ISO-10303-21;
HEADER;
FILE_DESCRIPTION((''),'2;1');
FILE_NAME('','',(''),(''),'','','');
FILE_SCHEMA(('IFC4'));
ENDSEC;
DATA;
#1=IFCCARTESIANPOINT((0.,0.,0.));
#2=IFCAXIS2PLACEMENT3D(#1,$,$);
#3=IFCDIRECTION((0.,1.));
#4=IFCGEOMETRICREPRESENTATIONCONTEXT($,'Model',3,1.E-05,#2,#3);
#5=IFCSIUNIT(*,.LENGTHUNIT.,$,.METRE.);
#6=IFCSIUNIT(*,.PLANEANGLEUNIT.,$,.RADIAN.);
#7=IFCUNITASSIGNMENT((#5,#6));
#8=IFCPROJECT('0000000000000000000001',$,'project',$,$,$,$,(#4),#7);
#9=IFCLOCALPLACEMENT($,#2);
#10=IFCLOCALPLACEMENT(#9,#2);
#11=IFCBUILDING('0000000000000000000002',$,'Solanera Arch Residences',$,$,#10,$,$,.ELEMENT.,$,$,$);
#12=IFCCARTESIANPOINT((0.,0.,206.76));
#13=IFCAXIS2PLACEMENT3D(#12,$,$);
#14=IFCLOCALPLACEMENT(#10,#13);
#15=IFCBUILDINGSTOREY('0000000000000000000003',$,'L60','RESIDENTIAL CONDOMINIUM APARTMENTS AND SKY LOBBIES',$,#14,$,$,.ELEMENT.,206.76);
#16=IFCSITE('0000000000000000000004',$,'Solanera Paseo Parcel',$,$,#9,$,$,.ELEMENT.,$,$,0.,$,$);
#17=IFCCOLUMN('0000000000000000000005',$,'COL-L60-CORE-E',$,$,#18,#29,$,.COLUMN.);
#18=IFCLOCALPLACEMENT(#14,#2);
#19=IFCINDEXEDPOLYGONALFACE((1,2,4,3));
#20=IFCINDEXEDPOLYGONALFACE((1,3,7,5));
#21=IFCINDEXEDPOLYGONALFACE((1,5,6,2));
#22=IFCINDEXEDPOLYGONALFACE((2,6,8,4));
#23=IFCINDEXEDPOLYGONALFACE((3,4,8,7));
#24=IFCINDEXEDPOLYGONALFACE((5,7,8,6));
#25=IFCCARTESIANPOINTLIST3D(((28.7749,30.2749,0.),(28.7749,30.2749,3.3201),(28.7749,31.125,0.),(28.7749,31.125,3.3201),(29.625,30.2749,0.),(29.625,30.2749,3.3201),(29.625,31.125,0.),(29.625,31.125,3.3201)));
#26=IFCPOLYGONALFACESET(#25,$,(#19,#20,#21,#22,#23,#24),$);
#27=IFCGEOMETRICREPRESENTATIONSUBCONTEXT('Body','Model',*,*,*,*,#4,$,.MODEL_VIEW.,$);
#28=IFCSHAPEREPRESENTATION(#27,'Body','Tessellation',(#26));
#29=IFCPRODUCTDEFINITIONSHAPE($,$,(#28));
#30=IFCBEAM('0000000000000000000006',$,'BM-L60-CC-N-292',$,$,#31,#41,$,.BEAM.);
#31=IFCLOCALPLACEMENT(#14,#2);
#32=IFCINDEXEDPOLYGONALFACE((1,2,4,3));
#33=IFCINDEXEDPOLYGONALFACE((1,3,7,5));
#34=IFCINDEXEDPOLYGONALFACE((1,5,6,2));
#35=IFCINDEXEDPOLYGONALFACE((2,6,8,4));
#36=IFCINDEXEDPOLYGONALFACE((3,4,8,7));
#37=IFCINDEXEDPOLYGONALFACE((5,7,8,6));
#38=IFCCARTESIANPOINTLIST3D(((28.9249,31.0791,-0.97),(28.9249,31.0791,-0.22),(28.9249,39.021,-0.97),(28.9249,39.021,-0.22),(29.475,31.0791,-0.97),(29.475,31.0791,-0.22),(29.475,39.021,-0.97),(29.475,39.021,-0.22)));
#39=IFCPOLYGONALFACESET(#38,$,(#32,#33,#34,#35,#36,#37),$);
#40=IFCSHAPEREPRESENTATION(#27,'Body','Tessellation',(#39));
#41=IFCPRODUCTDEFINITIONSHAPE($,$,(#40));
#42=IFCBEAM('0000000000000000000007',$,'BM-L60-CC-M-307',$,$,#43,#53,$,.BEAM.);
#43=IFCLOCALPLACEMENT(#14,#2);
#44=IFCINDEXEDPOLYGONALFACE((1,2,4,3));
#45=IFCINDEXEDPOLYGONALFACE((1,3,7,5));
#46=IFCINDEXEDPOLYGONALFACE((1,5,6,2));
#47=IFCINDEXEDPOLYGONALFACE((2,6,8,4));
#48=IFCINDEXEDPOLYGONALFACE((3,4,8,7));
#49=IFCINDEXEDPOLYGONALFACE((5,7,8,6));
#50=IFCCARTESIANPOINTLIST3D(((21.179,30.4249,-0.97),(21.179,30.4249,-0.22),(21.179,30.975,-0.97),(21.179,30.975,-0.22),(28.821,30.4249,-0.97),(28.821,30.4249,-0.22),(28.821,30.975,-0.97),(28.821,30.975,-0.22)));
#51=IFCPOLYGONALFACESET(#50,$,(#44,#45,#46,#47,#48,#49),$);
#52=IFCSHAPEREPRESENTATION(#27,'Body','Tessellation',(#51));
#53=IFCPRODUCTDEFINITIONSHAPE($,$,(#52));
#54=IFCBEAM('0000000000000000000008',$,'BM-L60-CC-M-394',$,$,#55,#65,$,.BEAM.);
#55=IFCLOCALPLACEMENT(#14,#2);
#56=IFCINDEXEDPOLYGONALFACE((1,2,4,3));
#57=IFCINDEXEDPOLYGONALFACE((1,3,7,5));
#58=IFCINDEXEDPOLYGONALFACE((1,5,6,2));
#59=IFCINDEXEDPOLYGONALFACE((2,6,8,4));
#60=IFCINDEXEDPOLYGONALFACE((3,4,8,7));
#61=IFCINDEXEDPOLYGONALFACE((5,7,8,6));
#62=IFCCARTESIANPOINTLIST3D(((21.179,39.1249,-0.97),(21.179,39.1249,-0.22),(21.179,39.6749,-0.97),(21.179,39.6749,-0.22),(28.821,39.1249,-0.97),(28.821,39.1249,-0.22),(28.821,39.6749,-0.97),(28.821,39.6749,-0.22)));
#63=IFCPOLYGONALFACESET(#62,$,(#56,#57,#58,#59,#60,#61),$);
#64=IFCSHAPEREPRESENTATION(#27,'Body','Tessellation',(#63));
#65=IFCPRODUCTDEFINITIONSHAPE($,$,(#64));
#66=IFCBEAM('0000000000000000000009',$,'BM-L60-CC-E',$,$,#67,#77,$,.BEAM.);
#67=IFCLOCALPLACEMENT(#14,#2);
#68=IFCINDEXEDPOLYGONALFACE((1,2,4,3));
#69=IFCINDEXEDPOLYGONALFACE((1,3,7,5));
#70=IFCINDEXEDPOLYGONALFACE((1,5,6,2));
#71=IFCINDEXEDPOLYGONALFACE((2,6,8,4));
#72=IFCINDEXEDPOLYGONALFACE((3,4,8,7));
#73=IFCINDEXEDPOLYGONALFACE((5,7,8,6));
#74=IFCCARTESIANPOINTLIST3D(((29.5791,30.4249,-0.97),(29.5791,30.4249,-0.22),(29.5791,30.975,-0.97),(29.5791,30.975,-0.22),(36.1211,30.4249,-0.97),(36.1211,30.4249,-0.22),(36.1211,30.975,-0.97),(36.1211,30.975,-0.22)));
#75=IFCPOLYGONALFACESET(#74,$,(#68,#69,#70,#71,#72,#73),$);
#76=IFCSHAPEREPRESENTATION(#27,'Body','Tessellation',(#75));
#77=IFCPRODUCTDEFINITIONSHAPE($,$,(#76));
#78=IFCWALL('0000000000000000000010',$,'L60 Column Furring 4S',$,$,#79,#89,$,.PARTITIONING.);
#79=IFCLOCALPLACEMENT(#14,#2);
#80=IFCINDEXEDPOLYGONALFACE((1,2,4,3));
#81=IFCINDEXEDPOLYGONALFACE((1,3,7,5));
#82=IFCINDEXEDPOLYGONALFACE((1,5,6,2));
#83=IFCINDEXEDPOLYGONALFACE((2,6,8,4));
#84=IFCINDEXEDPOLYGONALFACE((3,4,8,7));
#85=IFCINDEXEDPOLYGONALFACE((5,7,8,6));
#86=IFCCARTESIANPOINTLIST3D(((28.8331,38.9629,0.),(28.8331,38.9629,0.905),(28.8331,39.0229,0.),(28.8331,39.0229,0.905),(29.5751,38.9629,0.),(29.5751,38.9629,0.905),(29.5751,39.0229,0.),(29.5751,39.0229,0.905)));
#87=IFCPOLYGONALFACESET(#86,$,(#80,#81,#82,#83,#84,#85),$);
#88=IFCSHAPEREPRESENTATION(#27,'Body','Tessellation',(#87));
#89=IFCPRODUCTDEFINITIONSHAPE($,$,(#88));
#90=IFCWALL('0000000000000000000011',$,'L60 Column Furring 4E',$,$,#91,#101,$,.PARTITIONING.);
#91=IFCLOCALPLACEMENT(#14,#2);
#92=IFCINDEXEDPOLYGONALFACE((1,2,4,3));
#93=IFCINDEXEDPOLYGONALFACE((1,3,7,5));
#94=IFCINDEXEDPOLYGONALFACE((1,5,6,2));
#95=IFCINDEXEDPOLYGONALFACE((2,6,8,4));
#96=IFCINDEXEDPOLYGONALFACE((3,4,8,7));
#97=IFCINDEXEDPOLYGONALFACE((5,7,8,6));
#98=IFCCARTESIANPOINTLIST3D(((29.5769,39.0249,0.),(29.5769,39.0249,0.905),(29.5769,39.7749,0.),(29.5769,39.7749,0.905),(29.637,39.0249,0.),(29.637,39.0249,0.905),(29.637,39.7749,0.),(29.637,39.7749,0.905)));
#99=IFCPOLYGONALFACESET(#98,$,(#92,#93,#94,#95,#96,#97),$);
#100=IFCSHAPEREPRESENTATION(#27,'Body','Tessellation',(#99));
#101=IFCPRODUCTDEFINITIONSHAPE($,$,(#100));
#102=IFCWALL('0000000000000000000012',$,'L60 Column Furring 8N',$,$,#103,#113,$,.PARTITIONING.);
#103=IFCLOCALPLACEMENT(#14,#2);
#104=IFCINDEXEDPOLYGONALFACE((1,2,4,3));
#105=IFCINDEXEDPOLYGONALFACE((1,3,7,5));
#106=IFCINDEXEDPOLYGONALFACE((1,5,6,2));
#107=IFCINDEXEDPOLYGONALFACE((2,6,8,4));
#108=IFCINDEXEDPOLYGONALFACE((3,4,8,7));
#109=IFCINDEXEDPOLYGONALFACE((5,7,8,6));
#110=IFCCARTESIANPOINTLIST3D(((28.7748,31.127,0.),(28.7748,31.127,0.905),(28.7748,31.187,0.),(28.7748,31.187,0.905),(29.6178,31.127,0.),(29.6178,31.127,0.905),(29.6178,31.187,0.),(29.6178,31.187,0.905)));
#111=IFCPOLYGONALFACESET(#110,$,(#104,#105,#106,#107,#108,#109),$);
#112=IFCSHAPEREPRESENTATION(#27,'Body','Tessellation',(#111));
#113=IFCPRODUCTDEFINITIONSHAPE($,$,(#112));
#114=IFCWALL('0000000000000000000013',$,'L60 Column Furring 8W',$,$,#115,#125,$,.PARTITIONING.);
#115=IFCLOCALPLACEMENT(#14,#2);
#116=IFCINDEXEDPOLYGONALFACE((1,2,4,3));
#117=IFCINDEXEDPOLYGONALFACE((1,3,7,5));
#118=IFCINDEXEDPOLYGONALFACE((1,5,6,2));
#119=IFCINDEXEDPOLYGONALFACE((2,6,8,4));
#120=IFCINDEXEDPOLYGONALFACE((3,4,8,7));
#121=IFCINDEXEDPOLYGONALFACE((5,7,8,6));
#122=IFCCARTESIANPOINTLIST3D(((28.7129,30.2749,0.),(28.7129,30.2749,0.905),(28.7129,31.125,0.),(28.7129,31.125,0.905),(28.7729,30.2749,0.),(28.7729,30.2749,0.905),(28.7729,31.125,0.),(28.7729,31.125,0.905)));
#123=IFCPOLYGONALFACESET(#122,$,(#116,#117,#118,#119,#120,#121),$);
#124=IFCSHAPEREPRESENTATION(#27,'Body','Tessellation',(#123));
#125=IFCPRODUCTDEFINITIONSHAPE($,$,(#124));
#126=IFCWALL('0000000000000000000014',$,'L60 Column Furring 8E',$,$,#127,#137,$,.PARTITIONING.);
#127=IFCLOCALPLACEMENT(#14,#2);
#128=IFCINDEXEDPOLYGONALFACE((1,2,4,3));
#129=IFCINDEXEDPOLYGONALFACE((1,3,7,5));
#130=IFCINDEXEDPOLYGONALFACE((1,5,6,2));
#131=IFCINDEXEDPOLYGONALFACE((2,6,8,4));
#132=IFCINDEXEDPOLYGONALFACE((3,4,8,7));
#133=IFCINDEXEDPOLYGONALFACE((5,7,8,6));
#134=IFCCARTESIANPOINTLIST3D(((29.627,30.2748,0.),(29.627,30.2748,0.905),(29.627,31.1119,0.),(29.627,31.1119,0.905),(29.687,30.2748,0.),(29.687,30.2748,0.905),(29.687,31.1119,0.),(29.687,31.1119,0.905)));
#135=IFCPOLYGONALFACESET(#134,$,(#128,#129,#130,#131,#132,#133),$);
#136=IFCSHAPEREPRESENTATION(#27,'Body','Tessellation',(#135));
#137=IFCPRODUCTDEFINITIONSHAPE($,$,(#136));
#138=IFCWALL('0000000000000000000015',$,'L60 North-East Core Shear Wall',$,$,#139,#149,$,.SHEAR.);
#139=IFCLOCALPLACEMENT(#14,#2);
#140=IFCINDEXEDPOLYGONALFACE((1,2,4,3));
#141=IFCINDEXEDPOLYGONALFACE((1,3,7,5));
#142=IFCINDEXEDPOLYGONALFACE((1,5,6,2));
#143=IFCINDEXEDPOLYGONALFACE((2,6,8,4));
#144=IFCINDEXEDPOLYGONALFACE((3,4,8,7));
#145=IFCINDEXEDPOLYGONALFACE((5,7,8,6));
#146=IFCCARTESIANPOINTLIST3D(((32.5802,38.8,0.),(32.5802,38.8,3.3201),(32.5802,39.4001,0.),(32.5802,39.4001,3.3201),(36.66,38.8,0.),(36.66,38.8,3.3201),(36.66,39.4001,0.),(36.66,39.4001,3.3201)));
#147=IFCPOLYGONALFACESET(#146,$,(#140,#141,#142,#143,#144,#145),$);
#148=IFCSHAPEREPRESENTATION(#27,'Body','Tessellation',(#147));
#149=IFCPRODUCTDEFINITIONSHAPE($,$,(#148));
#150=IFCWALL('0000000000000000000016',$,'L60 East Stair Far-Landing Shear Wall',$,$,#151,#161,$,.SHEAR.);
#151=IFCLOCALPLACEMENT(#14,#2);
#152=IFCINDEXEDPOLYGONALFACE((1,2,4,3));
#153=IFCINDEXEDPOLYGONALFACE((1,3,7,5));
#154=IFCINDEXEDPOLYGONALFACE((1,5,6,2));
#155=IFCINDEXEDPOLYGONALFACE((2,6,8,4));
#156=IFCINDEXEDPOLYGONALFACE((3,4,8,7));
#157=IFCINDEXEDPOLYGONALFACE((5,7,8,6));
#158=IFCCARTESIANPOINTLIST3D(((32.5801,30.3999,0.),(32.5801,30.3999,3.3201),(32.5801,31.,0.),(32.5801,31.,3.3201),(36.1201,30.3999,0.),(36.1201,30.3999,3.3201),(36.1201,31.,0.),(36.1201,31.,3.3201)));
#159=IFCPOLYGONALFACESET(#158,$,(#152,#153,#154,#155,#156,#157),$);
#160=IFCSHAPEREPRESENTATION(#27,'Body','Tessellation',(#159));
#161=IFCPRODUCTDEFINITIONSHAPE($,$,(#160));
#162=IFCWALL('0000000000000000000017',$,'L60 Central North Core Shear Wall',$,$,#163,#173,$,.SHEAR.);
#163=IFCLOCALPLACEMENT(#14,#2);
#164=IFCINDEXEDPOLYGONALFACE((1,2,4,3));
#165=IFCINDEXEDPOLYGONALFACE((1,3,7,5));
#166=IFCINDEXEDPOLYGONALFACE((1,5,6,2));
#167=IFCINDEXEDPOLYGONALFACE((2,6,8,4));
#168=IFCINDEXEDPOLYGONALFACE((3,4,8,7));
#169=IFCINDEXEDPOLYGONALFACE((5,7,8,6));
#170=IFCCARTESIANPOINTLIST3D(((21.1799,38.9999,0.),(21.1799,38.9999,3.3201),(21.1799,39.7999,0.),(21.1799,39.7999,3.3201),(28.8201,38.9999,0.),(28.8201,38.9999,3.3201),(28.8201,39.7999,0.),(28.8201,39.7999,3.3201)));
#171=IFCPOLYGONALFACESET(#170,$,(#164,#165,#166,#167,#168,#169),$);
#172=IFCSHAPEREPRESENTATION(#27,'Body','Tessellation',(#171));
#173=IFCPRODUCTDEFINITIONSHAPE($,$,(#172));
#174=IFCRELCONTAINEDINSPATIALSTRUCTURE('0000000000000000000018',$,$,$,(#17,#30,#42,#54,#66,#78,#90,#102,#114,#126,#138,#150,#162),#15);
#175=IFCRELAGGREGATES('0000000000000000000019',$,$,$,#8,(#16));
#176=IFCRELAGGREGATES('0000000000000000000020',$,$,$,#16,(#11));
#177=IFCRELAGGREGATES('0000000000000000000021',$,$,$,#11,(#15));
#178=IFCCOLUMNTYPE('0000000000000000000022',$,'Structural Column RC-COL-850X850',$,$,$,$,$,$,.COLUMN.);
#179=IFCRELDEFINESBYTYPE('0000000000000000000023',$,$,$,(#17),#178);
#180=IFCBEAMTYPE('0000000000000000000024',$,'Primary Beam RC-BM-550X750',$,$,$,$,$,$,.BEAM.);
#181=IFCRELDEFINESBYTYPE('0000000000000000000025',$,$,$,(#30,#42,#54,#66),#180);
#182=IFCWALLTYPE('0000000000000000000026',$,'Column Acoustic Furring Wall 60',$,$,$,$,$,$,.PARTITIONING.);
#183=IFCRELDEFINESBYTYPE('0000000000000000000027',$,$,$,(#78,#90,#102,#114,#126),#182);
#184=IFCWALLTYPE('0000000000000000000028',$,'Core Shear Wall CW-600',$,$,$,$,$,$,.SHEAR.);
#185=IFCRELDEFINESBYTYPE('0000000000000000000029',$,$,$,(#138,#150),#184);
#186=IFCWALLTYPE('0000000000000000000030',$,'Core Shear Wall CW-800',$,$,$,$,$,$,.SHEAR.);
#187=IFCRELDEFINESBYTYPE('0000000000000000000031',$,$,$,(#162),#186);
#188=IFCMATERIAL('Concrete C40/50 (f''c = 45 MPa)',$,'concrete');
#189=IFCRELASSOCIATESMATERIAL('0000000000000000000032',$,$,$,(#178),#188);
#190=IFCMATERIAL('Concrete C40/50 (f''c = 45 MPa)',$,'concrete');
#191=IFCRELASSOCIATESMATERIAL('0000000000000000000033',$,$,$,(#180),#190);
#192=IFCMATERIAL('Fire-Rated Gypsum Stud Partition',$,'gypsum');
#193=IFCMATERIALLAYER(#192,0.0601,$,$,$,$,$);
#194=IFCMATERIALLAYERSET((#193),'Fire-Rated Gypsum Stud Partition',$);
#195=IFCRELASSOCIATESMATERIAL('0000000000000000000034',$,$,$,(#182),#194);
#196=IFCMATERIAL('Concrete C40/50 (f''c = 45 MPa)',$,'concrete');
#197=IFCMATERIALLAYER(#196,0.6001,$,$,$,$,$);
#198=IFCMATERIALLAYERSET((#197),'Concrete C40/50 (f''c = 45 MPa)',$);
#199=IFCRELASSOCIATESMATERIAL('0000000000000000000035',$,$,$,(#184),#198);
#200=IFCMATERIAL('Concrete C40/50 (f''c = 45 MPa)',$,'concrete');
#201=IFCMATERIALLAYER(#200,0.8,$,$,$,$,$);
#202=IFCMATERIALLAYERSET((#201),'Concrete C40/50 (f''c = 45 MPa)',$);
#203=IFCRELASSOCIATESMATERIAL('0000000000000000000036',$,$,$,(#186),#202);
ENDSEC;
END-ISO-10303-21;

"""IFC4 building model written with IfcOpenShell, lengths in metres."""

from ifc_helpers import new_model, si_unit, direction, frame, frame_2d, origin, origin_2d, place, context, subcontext, project, spatial, rectangle, extrude, material, layer, layer_set, material_profile, profile_set, type_object, element, save


model = new_model("IFC4")

# Units and contexts
model_context = context("Model", 3, precision=1e-05, world=origin(), true_north=direction((0.0, 1.0)))
body_context = subcontext(model_context, "Body", "Model", "MODEL_VIEW")
ifc_project = project(units=[si_unit("LENGTHUNIT", "METRE"), si_unit("PLANEANGLEUNIT", "RADIAN")], contexts=[model_context])

# Site, building, storey
site_placement = place(None, origin())
site = spatial("IfcSite", under=ifc_project, at=site_placement, Name="Solanera Paseo Parcel", CompositionType="ELEMENT", RefElevation=0.0)
building_placement = place(site_placement, origin())
building = spatial("IfcBuilding", under=site, at=building_placement, Name="Solanera Arch Residences", CompositionType="ELEMENT")
storey_placement = place(building_placement, frame((0.0, 0.0, 206.76)))
storey = spatial("IfcBuildingStorey", under=building, at=storey_placement, Name="L60", Description="RESIDENTIAL CONDOMINIUM APARTMENTS AND SKY LOBBIES", CompositionType="ELEMENT", Elevation=206.76)

# Column
ifc_material_1 = material(Name="Concrete C40/50 (f'c = 45 MPa)", Category="concrete")
ifc_material_profile_1 = material_profile(ifc_material_1, rectangle(XDim=0.8501, YDim=0.8501, at=origin_2d()))
ifc_profile_set_1 = profile_set([ifc_material_profile_1], Name="Concrete C40/50 (f'c = 45 MPa)")
column_type = type_object("IfcColumnType", Name="Structural Column RC-COL-850X850", PredefinedType="COLUMN", material=ifc_profile_set_1)
column_placement = place(storey_placement, frame((29.2, 30.7, 0.0), z_axis=(0.0, 0.0, 1.0), x_axis=(1.0, 0.0, 0.0)))
element("IfcColumn", 1, at=column_placement, inside=storey, type_object=column_type, Name="COL-L60-CORE-E", PredefinedType="COLUMN", context=body_context, shape_type="SweptSolid", body=[
    extrude(rectangle(XDim=0.8501, YDim=0.8501, at=origin_2d()), origin(), (0.0, 0.0, 1.0), 3.3201),
])

# Beams
ifc_material_2 = material(Name="Concrete C40/50 (f'c = 45 MPa)", Category="concrete")
ifc_material_profile_2 = material_profile(ifc_material_2, rectangle(XDim=0.55, YDim=0.75, at=origin_2d()))
ifc_profile_set_2 = profile_set([ifc_material_profile_2], Name="Concrete C40/50 (f'c = 45 MPa)")
beam_type = type_object("IfcBeamType", Name="Primary Beam RC-BM-550X750", PredefinedType="BEAM", material=ifc_profile_set_2)
beam_1_placement = place(storey_placement, frame((29.2, 31.0791, -0.595), z_axis=(0.0, 1.0, 0.0), x_axis=(-1.0, 0.0, 0.0)))
element("IfcBeam", 2, at=beam_1_placement, inside=storey, type_object=beam_type, Name="BM-L60-CC-N-292", PredefinedType="BEAM", context=body_context, shape_type="SweptSolid", body=[
    extrude(rectangle(XDim=0.55, YDim=0.75, at=origin_2d()), origin(), (0.0, 0.0, 1.0), 7.9419),
])
for number, where, z_axis, x_axis, name in (
    (3, (21.179, 30.7, -0.595), (1.0, 0.0, 0.0), (0.0, 1.0, 0.0), "BM-L60-CC-M-307"),
    (4, (21.179, 39.3999, -0.595), (1.0, 0.0, 0.0), (0.0, 1.0, 0.0), "BM-L60-CC-M-394"),
):
    element("IfcBeam", number, at=place(storey_placement, frame(where, z_axis=z_axis, x_axis=x_axis)), inside=storey, type_object=beam_type, Name=name, PredefinedType="BEAM", context=body_context, shape_type="SweptSolid", body=[
        extrude(rectangle(XDim=0.55, YDim=0.75, at=origin_2d()), origin(), (0.0, 0.0, 1.0), 7.6421),
    ])
beam_2_placement = place(storey_placement, frame((29.5791, 30.7, -0.595), z_axis=(1.0, 0.0, 0.0), x_axis=(0.0, 1.0, 0.0)))
element("IfcBeam", 5, at=beam_2_placement, inside=storey, type_object=beam_type, Name="BM-L60-CC-E", PredefinedType="BEAM", context=body_context, shape_type="SweptSolid", body=[
    extrude(rectangle(XDim=0.55, YDim=0.75, at=origin_2d()), origin(), (0.0, 0.0, 1.0), 6.542),
])

# Walls
ifc_material_3 = material(Name="Fire-Rated Gypsum Stud Partition", Category="gypsum")
ifc_layer_1 = layer(ifc_material_3, 0.0601)
ifc_layer_set_1 = layer_set([ifc_layer_1], Name="Fire-Rated Gypsum Stud Partition")
wall_type_1 = type_object("IfcWallType", Name="Column Acoustic Furring Wall 60", PredefinedType="PARTITIONING", material=ifc_layer_set_1)
wall_1_placement = place(storey_placement, frame((28.833, 38.9929, 0.0), z_axis=(0.0, 0.0, 1.0), x_axis=(1.0, 0.0, 0.0)))
element("IfcWall", 6, at=wall_1_placement, inside=storey, type_object=wall_type_1, Name="L60 Column Furring 4S", PredefinedType="PARTITIONING", context=body_context, shape_type="SweptSolid", body=[
    extrude(rectangle(XDim=0.7419, YDim=0.0601, at=frame_2d((0.3711, 0.0))), origin(), (0.0, 0.0, 1.0), 0.905),
])
wall_2_placement = place(storey_placement, frame((29.6069, 39.0249, 0.0), z_axis=(0.0, 0.0, 1.0), x_axis=(0.0, 1.0, 0.0)))
element("IfcWall", 7, at=wall_2_placement, inside=storey, type_object=wall_type_1, Name="L60 Column Furring 4E", PredefinedType="PARTITIONING", context=body_context, shape_type="SweptSolid", body=[
    extrude(rectangle(XDim=0.75, YDim=0.0601, at=frame_2d((0.375, 0.0))), origin(), (0.0, 0.0, 1.0), 0.905),
])
wall_3_placement = place(storey_placement, frame((28.7749, 31.157, 0.0), z_axis=(0.0, 0.0, 1.0), x_axis=(1.0, 0.0, 0.0)))
element("IfcWall", 8, at=wall_3_placement, inside=storey, type_object=wall_type_1, Name="L60 Column Furring 8N", PredefinedType="PARTITIONING", context=body_context, shape_type="SweptSolid", body=[
    extrude(rectangle(XDim=0.843, YDim=0.0601, at=frame_2d((0.4214, 0.0))), origin(), (0.0, 0.0, 1.0), 0.905),
])
wall_4_placement = place(storey_placement, frame((28.7429, 30.2749, 0.0), z_axis=(0.0, 0.0, 1.0), x_axis=(0.0, 1.0, 0.0)))
element("IfcWall", 9, at=wall_4_placement, inside=storey, type_object=wall_type_1, Name="L60 Column Furring 8W", PredefinedType="PARTITIONING", context=body_context, shape_type="SweptSolid", body=[
    extrude(rectangle(XDim=0.8501, YDim=0.0601, at=frame_2d((0.425, 0.0))), origin(), (0.0, 0.0, 1.0), 0.905),
])
wall_5_placement = place(storey_placement, frame((29.657, 30.2749, 0.0), z_axis=(0.0, 0.0, 1.0), x_axis=(0.0, 1.0, 0.0)))
element("IfcWall", 10, at=wall_5_placement, inside=storey, type_object=wall_type_1, Name="L60 Column Furring 8E", PredefinedType="PARTITIONING", context=body_context, shape_type="SweptSolid", body=[
    extrude(rectangle(XDim=0.8372, YDim=0.0601, at=frame_2d((0.4185, 0.0))), origin(), (0.0, 0.0, 1.0), 0.905),
])

# Walls
ifc_material_4 = material(Name="Concrete C40/50 (f'c = 45 MPa)", Category="concrete")
ifc_layer_2 = layer(ifc_material_4, 0.6001)
ifc_layer_set_2 = layer_set([ifc_layer_2], Name="Concrete C40/50 (f'c = 45 MPa)")
wall_type_2 = type_object("IfcWallType", Name="Core Shear Wall CW-600", PredefinedType="SHEAR", material=ifc_layer_set_2)
wall_6_placement = place(storey_placement, frame((32.5801, 39.1001, 0.0), z_axis=(0.0, 0.0, 1.0), x_axis=(1.0, 0.0, 0.0)))
element("IfcWall", 11, at=wall_6_placement, inside=storey, type_object=wall_type_2, Name="L60 North-East Core Shear Wall", PredefinedType="SHEAR", context=body_context, shape_type="SweptSolid", body=[
    extrude(rectangle(XDim=4.0798, YDim=0.6001, at=frame_2d((2.04, 0.0))), origin(), (0.0, 0.0, 1.0), 3.3201),
])
wall_7_placement = place(storey_placement, frame((32.5801, 30.7, 0.0), z_axis=(0.0, 0.0, 1.0), x_axis=(1.0, 0.0, 0.0)))
element("IfcWall", 12, at=wall_7_placement, inside=storey, type_object=wall_type_2, Name="L60 East Stair Far-Landing Shear Wall", PredefinedType="SHEAR", context=body_context, shape_type="SweptSolid", body=[
    extrude(rectangle(XDim=3.54, YDim=0.6001, at=frame_2d((1.77, 0.0))), origin(), (0.0, 0.0, 1.0), 3.3201),
])
ifc_material_5 = material(Name="Concrete C40/50 (f'c = 45 MPa)", Category="concrete")
ifc_layer_3 = layer(ifc_material_5, 0.8)
ifc_layer_set_3 = layer_set([ifc_layer_3], Name="Concrete C40/50 (f'c = 45 MPa)")
wall_type_3 = type_object("IfcWallType", Name="Core Shear Wall CW-800", PredefinedType="SHEAR", material=ifc_layer_set_3)
wall_8_placement = place(storey_placement, frame((21.1799, 39.3999, 0.0), z_axis=(0.0, 0.0, 1.0), x_axis=(1.0, 0.0, 0.0)))
element("IfcWall", 13, at=wall_8_placement, inside=storey, type_object=wall_type_3, Name="L60 Central North Core Shear Wall", PredefinedType="SHEAR", context=body_context, shape_type="SweptSolid", body=[
    extrude(rectangle(XDim=7.6401, YDim=0.8, at=frame_2d((3.8201, 0.0))), origin(), (0.0, 0.0, 1.0), 3.3201),
])

save(model, "model.ifc")
